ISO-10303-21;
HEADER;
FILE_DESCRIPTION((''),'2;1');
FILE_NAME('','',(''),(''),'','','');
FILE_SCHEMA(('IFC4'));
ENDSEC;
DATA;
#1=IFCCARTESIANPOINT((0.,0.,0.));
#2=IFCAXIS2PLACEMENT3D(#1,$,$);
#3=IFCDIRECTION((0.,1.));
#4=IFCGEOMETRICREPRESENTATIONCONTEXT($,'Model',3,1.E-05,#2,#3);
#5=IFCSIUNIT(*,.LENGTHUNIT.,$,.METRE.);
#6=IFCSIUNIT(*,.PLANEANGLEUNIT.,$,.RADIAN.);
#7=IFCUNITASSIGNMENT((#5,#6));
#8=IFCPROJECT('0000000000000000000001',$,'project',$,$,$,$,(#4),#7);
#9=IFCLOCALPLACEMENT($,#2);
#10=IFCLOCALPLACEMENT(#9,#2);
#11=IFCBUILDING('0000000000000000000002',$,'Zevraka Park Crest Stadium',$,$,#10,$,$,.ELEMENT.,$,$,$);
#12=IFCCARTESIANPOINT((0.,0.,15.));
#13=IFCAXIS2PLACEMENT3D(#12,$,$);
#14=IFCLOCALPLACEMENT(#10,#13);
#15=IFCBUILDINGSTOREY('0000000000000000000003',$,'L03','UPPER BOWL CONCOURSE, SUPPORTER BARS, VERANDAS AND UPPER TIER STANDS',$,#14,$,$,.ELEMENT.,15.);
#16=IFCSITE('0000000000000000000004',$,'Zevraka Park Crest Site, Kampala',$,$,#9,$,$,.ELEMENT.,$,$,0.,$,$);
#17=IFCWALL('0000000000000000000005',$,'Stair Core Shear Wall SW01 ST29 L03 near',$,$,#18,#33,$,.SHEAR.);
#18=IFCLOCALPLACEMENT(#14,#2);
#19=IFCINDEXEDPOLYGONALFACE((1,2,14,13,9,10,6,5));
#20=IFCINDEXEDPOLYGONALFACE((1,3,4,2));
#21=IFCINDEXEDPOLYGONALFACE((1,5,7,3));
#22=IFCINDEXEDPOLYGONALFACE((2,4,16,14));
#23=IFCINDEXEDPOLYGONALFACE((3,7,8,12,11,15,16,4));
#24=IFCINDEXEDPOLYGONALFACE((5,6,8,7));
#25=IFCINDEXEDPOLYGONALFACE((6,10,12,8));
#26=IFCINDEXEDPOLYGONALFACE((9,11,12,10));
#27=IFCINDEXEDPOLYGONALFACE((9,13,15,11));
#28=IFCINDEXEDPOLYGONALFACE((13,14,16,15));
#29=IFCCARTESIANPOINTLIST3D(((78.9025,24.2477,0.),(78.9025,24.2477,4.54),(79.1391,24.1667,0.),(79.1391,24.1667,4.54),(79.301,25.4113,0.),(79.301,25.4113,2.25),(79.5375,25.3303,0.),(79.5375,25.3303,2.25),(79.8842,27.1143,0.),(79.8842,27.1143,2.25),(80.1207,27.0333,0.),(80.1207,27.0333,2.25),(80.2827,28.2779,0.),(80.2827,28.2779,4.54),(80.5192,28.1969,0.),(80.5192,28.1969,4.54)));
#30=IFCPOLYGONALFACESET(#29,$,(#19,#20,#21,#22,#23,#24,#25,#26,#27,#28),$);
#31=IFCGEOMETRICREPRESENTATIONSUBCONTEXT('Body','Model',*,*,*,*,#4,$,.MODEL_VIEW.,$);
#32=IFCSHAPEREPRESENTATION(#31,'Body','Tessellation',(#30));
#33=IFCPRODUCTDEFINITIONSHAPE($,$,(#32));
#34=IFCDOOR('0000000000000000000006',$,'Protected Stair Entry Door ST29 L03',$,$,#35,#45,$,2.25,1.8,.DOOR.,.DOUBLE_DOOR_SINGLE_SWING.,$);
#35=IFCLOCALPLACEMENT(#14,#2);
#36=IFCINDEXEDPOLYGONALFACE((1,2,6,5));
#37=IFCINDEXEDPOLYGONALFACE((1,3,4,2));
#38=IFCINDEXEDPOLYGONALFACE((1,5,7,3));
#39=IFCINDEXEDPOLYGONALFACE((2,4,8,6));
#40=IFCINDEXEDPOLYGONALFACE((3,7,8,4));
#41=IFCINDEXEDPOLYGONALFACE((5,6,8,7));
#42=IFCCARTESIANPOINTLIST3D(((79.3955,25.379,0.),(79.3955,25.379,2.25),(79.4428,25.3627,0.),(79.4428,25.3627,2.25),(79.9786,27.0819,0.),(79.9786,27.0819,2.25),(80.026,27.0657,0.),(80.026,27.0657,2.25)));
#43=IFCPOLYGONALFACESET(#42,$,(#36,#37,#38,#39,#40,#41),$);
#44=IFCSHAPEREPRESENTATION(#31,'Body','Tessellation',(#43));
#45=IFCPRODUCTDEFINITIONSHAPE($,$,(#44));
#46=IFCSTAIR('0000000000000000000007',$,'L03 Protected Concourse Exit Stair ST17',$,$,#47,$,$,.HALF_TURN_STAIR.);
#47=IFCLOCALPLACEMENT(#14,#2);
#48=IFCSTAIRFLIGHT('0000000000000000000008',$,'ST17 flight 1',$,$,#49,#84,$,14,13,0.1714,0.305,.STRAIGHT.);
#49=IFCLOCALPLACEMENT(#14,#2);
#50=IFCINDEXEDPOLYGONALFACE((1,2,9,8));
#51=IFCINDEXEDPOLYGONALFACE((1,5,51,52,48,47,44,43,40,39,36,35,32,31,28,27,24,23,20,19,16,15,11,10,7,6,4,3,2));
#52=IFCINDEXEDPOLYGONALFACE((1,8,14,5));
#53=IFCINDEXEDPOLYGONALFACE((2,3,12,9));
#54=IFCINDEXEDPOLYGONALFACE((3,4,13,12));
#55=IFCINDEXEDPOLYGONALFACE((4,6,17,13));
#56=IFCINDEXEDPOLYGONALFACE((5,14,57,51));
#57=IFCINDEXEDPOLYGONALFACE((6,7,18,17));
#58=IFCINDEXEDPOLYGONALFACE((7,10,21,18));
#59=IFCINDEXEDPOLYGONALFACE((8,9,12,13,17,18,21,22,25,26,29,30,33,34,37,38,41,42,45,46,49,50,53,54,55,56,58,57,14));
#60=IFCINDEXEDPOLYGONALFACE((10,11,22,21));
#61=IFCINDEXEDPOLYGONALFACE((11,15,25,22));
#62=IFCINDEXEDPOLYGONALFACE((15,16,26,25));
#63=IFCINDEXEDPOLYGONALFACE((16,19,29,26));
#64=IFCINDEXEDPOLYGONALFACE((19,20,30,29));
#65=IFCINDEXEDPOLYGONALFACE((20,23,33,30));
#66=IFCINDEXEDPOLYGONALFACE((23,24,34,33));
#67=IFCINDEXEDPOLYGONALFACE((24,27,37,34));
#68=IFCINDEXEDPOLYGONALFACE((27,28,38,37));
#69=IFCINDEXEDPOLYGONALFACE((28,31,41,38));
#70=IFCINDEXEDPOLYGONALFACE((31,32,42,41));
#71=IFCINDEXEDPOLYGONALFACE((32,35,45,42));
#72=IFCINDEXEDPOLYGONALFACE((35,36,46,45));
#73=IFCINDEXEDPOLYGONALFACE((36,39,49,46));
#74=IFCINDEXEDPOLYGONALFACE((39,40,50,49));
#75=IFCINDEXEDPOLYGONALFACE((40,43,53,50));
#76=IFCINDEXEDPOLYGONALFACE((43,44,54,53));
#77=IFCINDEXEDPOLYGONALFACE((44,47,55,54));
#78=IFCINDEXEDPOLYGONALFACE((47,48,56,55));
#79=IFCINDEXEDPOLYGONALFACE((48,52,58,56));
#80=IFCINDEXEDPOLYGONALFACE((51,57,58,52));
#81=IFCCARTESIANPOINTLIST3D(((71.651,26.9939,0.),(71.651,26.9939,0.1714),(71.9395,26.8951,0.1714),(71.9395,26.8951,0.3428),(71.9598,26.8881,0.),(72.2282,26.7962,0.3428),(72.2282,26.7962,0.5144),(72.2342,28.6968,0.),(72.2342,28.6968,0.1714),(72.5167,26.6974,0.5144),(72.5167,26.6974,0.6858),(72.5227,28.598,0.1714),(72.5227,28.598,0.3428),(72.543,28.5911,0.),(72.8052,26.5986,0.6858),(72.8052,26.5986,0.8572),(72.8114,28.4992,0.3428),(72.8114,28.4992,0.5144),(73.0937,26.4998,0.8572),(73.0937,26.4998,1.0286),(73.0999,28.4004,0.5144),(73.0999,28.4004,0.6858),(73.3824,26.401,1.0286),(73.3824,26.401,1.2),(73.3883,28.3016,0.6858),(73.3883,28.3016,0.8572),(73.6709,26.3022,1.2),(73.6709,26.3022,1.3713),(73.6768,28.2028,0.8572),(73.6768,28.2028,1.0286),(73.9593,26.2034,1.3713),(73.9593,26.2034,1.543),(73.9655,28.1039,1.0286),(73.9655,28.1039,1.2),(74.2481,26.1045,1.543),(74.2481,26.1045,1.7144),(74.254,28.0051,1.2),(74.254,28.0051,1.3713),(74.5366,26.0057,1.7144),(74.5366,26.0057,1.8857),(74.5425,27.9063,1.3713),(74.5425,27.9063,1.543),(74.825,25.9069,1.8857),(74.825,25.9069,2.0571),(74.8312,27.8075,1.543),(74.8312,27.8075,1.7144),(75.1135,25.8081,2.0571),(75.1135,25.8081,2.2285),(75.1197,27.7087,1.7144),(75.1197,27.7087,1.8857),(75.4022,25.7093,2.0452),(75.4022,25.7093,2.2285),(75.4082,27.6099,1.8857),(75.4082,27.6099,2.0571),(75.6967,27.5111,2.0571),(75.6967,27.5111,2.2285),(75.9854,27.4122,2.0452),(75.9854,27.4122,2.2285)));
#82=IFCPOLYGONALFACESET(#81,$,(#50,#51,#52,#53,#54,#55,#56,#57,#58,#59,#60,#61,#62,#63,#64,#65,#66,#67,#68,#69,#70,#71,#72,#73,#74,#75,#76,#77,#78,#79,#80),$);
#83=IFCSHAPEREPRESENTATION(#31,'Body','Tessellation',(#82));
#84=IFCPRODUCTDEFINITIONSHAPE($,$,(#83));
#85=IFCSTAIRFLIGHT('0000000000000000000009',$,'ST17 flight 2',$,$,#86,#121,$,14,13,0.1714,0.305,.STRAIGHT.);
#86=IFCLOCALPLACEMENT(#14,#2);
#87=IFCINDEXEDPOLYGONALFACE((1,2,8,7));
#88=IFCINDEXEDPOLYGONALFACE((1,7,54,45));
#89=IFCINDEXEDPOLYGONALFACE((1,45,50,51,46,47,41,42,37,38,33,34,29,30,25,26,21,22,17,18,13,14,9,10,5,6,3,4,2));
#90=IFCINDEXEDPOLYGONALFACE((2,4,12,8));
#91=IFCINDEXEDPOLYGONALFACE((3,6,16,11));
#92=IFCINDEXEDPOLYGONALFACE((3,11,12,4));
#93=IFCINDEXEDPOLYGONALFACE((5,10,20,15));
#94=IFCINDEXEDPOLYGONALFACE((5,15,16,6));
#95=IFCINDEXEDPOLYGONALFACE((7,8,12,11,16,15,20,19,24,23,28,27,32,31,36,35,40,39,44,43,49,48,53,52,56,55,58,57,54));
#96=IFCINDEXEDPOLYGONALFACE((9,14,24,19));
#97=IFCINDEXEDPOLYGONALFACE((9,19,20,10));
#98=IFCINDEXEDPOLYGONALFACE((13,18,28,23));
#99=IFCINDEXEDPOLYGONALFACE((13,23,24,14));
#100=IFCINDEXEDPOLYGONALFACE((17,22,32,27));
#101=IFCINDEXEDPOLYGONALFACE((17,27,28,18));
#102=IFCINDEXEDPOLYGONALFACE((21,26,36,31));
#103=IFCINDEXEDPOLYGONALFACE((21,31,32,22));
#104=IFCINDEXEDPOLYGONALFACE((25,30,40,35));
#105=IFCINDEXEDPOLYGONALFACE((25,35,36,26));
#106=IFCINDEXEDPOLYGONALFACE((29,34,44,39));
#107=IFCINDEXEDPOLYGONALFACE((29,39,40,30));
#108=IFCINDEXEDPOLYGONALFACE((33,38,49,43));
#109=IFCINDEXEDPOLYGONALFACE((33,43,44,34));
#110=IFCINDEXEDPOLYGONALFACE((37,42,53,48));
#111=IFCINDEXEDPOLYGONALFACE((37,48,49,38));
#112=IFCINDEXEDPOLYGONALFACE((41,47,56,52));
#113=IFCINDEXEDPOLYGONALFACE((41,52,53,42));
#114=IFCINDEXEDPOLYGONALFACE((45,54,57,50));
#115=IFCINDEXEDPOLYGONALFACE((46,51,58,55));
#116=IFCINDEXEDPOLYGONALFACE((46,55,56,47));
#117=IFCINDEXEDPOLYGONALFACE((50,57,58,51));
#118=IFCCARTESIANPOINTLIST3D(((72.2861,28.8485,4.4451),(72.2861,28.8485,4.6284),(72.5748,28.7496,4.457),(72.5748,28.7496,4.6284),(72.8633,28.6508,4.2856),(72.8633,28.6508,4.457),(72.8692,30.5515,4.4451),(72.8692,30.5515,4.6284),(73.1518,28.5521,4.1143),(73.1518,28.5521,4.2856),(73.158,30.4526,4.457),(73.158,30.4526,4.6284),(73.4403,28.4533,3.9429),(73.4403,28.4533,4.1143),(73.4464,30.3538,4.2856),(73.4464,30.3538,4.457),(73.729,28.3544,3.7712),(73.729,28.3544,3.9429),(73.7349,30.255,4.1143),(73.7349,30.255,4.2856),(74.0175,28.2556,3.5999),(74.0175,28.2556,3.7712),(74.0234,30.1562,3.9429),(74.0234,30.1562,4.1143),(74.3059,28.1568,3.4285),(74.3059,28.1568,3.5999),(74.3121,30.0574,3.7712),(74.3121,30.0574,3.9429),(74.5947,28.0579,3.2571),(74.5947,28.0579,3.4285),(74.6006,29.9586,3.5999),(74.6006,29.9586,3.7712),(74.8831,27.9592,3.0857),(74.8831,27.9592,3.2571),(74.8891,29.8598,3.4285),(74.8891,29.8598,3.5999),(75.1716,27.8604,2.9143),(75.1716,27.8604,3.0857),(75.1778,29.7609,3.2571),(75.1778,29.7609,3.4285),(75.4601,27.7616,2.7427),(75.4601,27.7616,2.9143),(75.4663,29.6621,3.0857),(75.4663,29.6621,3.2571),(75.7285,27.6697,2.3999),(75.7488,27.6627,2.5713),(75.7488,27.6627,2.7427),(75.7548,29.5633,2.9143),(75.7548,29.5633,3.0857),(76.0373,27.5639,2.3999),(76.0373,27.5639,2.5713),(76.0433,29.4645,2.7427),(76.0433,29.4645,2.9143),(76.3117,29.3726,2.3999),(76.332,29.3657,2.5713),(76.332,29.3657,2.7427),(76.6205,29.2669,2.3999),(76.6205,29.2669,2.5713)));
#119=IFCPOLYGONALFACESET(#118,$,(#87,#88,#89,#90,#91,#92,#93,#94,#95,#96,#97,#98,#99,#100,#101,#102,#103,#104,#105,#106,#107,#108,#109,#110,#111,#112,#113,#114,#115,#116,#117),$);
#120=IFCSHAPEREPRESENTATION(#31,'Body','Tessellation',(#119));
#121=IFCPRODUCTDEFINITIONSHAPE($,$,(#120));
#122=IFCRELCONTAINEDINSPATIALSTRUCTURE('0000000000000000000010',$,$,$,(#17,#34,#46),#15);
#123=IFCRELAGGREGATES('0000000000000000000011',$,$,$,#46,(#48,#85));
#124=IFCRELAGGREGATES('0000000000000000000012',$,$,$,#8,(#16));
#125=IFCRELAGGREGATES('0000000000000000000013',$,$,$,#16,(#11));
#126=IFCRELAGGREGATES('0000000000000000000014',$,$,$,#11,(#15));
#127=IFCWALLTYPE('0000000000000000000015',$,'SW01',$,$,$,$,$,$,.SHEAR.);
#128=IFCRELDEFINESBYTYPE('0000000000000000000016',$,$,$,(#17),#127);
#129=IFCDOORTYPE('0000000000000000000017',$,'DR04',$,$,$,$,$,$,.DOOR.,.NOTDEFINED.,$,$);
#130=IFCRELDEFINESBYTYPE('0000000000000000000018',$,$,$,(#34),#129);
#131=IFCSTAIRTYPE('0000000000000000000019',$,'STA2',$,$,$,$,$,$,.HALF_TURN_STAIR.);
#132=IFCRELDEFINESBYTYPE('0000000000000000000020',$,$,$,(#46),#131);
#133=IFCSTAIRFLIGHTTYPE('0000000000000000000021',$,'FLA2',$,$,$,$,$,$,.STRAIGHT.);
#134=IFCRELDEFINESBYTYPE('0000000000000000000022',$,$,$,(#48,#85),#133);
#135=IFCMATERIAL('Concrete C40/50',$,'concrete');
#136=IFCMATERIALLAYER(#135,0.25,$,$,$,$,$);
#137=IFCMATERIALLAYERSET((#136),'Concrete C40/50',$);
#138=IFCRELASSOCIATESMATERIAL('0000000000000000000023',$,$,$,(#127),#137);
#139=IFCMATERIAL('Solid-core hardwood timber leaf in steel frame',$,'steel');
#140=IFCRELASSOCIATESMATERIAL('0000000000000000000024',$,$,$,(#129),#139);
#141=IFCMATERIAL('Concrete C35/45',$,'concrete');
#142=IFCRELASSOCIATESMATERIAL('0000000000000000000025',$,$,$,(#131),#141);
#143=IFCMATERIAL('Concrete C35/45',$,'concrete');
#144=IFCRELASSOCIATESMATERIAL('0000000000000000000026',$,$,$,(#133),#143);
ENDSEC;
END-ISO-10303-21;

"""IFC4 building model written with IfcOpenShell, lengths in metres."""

from ifc_helpers import new_model, si_unit, direction, frame, frame_2d, origin, place, context, subcontext, project, spatial, polyline, rectangle, outline, extrude, material, layer, layer_set, type_object, element, fill, aggregate, save


model = new_model("IFC4")

# Units and contexts
model_context = context("Model", 3, precision=1e-05, world=origin(), true_north=direction((0.0, 1.0)))
body_context = subcontext(model_context, "Body", "Model", "MODEL_VIEW")
ifc_project = project(units=[si_unit("LENGTHUNIT", "METRE"), si_unit("PLANEANGLEUNIT", "RADIAN")], contexts=[model_context])

# Site, building, storey
site_placement = place(None, origin())
site = spatial("IfcSite", under=ifc_project, at=site_placement, Name="Zevraka Park Crest Site, Kampala", CompositionType="ELEMENT", RefElevation=0.0)
building_placement = place(site_placement, origin())
building = spatial("IfcBuilding", under=site, at=building_placement, Name="Zevraka Park Crest Stadium", CompositionType="ELEMENT")
storey_placement = place(building_placement, frame((0.0, 0.0, 15.0)))
storey = spatial("IfcBuildingStorey", under=building, at=storey_placement, Name="L03", Description="UPPER BOWL CONCOURSE, SUPPORTER BARS, VERANDAS AND UPPER TIER STANDS", CompositionType="ELEMENT", Elevation=15.0)

# Shared definitions
ifc_material_1 = material(Name="Concrete C40/50", Category="concrete")
ifc_layer_1 = layer(ifc_material_1, 0.25)
ifc_layer_set_1 = layer_set([ifc_layer_1], Name="Concrete C40/50")
wall_type_1 = type_object("IfcWallType", Name="SW01", PredefinedType="SHEAR", material=ifc_layer_set_1)

# Shared definitions
ifc_material_2 = material(Name="Solid-core hardwood timber leaf in steel frame", Category="steel")
door_type = type_object("IfcDoorType", Name="DR04", OperationType="NOTDEFINED", PredefinedType="DOOR", material=ifc_material_2)

# Wall, opening, door
wall_1_placement = place(storey_placement, frame((80.4009, 28.2373, 0.0), z_axis=(0.0, 0.0, 1.0), x_axis=(-0.323971, -0.946067, 0.0)))
wall_1 = element("IfcWall", 1, at=wall_1_placement, inside=storey, type_object=wall_type_1, Name="Stair Core Shear Wall SW01 ST29 L03 near", PredefinedType="SHEAR", context=body_context, shape_type="SweptSolid", body=[
    extrude(rectangle(XDim=4.26, YDim=0.25, at=frame_2d((2.1299, 0.0))), origin(), (0.0, 0.0, 1.0), 4.54),
])
opening_1_placement = place(wall_1_placement, frame((1.23, 0.0, 0.0)))
opening_1 = element("IfcOpeningElement", 2, at=opening_1_placement, cuts=wall_1, PredefinedType="OPENING", context=body_context, shape_type="SweptSolid", body=[
    extrude(rectangle(XDim=1.8, YDim=2.25, at=frame_2d((0.8999, 1.125))), frame((0.0, 0.135, 0.0), z_axis=(0.0, -1.0, 0.0), x_axis=(1.0, 0.0, 0.0)), (0.0, 0.0, 1.0), 0.27),
])
door_1_placement = place(opening_1_placement, origin())
door_1 = element("IfcDoor", 3, at=door_1_placement, inside=storey, type_object=door_type, Name="Protected Stair Entry Door ST29 L03", OperationType="DOUBLE_DOOR_SINGLE_SWING", OverallHeight=2.25, OverallWidth=1.8, PredefinedType="DOOR", context=body_context, shape_type="SweptSolid", body=[
    extrude(rectangle(XDim=1.8, YDim=2.25, at=frame_2d((0.8999, 1.125))), frame((0.0, 0.0249, 0.0), z_axis=(0.0, -1.0, 0.0), x_axis=(1.0, 0.0, 0.0)), (0.0, 0.0, 1.0), 0.05),
])
fill(opening_1, door_1)

# Stair, stair flights
ifc_material_3 = material(Name="Concrete C35/45", Category="concrete")
stair_type = type_object("IfcStairType", Name="STA2", PredefinedType="HALF_TURN_STAIR", material=ifc_material_3)
stair_placement = place(storey_placement, origin())
stair = element("IfcStair", 4, at=stair_placement, inside=storey, type_object=stair_type, Name="L03 Protected Concourse Exit Stair ST17", PredefinedType="HALF_TURN_STAIR")
ifc_material_4 = material(Name="Concrete C35/45", Category="concrete")
stair_flight_type = type_object("IfcStairFlightType", Name="FLA2", PredefinedType="STRAIGHT", material=ifc_material_4)
stair_flight_1_placement = place(storey_placement, frame((71.9426, 27.8455, 0.0), z_axis=(0.0, 0.0, 1.0), x_axis=(0.946066, -0.323974, 0.0)))
stair_flight_1 = element("IfcStairFlight", 5, at=stair_flight_1_placement, type_object=stair_flight_type, Name="ST17 flight 1", NumberOfRisers=14, NumberOfTreads=13, PredefinedType="STRAIGHT", RiserHeight=0.1714, TreadLength=0.305, context=body_context, shape_type="SweptSolid", body=[
    extrude(outline(polyline([(0.0, 0.0), (0.0, 0.1714), (0.3049, 0.1714), (0.3049, 0.3428), (0.6101, 0.3428), (0.6101, 0.5144), (0.915, 0.5144), (0.915, 0.6858), (1.22, 0.6858), (1.22, 0.8572), (1.5249, 0.8572), (1.5249, 1.0286), (1.8301, 1.0286), (1.8301, 1.2), (2.135, 1.2), (2.135, 1.3713), (2.4399, 1.3713), (2.4399, 1.543), (2.7451, 1.543), (2.7451, 1.7144), (3.05, 1.7144), (3.05, 1.8857), (3.355, 1.8857), (3.355, 2.0571), (3.6599, 2.0571), (3.6599, 2.2285), (3.9651, 2.2285), (3.9651, 2.3999), (3.9651, 2.0452), (0.3264, 0.0), (0.0, 0.0)])), frame((0.0, 0.8999, 0.0), z_axis=(0.0, -1.0, 0.0), x_axis=(1.0, 0.0, 0.0)), (0.0, 0.0, 1.0), 1.8),
])
stair_flight_2_placement = place(storey_placement, frame((76.3289, 28.4153, 2.3999), z_axis=(0.0, 0.0, 1.0), x_axis=(-0.946066, 0.323974, 0.0)))
stair_flight_2 = element("IfcStairFlight", 6, at=stair_flight_2_placement, type_object=stair_flight_type, Name="ST17 flight 2", NumberOfRisers=14, NumberOfTreads=13, PredefinedType="STRAIGHT", RiserHeight=0.1714, TreadLength=0.305, context=body_context, shape_type="SweptSolid", body=[
    extrude(outline(polyline([(0.0, 0.0), (0.0, 0.1714), (0.3049, 0.1714), (0.3049, 0.3428), (0.6101, 0.3428), (0.6101, 0.5144), (0.915, 0.5144), (0.915, 0.6858), (1.22, 0.6858), (1.22, 0.8572), (1.5249, 0.8572), (1.5249, 1.0286), (1.8301, 1.0286), (1.8301, 1.2), (2.135, 1.2), (2.135, 1.3713), (2.4399, 1.3713), (2.4399, 1.543), (2.7451, 1.543), (2.7451, 1.7144), (3.05, 1.7144), (3.05, 1.8857), (3.355, 1.8857), (3.355, 2.0571), (3.6599, 2.0571), (3.6599, 2.2285), (3.9651, 2.2285), (3.9651, 2.3999), (3.9651, 2.0452), (0.3264, 0.0), (0.0, 0.0)])), frame((0.0, 0.8999, 0.0), z_axis=(0.0, -1.0, 0.0), x_axis=(1.0, 0.0, 0.0)), (0.0, 0.0, 1.0), 1.8),
])
aggregate(stair, [stair_flight_1, stair_flight_2])

save(model, "model.ifc")
